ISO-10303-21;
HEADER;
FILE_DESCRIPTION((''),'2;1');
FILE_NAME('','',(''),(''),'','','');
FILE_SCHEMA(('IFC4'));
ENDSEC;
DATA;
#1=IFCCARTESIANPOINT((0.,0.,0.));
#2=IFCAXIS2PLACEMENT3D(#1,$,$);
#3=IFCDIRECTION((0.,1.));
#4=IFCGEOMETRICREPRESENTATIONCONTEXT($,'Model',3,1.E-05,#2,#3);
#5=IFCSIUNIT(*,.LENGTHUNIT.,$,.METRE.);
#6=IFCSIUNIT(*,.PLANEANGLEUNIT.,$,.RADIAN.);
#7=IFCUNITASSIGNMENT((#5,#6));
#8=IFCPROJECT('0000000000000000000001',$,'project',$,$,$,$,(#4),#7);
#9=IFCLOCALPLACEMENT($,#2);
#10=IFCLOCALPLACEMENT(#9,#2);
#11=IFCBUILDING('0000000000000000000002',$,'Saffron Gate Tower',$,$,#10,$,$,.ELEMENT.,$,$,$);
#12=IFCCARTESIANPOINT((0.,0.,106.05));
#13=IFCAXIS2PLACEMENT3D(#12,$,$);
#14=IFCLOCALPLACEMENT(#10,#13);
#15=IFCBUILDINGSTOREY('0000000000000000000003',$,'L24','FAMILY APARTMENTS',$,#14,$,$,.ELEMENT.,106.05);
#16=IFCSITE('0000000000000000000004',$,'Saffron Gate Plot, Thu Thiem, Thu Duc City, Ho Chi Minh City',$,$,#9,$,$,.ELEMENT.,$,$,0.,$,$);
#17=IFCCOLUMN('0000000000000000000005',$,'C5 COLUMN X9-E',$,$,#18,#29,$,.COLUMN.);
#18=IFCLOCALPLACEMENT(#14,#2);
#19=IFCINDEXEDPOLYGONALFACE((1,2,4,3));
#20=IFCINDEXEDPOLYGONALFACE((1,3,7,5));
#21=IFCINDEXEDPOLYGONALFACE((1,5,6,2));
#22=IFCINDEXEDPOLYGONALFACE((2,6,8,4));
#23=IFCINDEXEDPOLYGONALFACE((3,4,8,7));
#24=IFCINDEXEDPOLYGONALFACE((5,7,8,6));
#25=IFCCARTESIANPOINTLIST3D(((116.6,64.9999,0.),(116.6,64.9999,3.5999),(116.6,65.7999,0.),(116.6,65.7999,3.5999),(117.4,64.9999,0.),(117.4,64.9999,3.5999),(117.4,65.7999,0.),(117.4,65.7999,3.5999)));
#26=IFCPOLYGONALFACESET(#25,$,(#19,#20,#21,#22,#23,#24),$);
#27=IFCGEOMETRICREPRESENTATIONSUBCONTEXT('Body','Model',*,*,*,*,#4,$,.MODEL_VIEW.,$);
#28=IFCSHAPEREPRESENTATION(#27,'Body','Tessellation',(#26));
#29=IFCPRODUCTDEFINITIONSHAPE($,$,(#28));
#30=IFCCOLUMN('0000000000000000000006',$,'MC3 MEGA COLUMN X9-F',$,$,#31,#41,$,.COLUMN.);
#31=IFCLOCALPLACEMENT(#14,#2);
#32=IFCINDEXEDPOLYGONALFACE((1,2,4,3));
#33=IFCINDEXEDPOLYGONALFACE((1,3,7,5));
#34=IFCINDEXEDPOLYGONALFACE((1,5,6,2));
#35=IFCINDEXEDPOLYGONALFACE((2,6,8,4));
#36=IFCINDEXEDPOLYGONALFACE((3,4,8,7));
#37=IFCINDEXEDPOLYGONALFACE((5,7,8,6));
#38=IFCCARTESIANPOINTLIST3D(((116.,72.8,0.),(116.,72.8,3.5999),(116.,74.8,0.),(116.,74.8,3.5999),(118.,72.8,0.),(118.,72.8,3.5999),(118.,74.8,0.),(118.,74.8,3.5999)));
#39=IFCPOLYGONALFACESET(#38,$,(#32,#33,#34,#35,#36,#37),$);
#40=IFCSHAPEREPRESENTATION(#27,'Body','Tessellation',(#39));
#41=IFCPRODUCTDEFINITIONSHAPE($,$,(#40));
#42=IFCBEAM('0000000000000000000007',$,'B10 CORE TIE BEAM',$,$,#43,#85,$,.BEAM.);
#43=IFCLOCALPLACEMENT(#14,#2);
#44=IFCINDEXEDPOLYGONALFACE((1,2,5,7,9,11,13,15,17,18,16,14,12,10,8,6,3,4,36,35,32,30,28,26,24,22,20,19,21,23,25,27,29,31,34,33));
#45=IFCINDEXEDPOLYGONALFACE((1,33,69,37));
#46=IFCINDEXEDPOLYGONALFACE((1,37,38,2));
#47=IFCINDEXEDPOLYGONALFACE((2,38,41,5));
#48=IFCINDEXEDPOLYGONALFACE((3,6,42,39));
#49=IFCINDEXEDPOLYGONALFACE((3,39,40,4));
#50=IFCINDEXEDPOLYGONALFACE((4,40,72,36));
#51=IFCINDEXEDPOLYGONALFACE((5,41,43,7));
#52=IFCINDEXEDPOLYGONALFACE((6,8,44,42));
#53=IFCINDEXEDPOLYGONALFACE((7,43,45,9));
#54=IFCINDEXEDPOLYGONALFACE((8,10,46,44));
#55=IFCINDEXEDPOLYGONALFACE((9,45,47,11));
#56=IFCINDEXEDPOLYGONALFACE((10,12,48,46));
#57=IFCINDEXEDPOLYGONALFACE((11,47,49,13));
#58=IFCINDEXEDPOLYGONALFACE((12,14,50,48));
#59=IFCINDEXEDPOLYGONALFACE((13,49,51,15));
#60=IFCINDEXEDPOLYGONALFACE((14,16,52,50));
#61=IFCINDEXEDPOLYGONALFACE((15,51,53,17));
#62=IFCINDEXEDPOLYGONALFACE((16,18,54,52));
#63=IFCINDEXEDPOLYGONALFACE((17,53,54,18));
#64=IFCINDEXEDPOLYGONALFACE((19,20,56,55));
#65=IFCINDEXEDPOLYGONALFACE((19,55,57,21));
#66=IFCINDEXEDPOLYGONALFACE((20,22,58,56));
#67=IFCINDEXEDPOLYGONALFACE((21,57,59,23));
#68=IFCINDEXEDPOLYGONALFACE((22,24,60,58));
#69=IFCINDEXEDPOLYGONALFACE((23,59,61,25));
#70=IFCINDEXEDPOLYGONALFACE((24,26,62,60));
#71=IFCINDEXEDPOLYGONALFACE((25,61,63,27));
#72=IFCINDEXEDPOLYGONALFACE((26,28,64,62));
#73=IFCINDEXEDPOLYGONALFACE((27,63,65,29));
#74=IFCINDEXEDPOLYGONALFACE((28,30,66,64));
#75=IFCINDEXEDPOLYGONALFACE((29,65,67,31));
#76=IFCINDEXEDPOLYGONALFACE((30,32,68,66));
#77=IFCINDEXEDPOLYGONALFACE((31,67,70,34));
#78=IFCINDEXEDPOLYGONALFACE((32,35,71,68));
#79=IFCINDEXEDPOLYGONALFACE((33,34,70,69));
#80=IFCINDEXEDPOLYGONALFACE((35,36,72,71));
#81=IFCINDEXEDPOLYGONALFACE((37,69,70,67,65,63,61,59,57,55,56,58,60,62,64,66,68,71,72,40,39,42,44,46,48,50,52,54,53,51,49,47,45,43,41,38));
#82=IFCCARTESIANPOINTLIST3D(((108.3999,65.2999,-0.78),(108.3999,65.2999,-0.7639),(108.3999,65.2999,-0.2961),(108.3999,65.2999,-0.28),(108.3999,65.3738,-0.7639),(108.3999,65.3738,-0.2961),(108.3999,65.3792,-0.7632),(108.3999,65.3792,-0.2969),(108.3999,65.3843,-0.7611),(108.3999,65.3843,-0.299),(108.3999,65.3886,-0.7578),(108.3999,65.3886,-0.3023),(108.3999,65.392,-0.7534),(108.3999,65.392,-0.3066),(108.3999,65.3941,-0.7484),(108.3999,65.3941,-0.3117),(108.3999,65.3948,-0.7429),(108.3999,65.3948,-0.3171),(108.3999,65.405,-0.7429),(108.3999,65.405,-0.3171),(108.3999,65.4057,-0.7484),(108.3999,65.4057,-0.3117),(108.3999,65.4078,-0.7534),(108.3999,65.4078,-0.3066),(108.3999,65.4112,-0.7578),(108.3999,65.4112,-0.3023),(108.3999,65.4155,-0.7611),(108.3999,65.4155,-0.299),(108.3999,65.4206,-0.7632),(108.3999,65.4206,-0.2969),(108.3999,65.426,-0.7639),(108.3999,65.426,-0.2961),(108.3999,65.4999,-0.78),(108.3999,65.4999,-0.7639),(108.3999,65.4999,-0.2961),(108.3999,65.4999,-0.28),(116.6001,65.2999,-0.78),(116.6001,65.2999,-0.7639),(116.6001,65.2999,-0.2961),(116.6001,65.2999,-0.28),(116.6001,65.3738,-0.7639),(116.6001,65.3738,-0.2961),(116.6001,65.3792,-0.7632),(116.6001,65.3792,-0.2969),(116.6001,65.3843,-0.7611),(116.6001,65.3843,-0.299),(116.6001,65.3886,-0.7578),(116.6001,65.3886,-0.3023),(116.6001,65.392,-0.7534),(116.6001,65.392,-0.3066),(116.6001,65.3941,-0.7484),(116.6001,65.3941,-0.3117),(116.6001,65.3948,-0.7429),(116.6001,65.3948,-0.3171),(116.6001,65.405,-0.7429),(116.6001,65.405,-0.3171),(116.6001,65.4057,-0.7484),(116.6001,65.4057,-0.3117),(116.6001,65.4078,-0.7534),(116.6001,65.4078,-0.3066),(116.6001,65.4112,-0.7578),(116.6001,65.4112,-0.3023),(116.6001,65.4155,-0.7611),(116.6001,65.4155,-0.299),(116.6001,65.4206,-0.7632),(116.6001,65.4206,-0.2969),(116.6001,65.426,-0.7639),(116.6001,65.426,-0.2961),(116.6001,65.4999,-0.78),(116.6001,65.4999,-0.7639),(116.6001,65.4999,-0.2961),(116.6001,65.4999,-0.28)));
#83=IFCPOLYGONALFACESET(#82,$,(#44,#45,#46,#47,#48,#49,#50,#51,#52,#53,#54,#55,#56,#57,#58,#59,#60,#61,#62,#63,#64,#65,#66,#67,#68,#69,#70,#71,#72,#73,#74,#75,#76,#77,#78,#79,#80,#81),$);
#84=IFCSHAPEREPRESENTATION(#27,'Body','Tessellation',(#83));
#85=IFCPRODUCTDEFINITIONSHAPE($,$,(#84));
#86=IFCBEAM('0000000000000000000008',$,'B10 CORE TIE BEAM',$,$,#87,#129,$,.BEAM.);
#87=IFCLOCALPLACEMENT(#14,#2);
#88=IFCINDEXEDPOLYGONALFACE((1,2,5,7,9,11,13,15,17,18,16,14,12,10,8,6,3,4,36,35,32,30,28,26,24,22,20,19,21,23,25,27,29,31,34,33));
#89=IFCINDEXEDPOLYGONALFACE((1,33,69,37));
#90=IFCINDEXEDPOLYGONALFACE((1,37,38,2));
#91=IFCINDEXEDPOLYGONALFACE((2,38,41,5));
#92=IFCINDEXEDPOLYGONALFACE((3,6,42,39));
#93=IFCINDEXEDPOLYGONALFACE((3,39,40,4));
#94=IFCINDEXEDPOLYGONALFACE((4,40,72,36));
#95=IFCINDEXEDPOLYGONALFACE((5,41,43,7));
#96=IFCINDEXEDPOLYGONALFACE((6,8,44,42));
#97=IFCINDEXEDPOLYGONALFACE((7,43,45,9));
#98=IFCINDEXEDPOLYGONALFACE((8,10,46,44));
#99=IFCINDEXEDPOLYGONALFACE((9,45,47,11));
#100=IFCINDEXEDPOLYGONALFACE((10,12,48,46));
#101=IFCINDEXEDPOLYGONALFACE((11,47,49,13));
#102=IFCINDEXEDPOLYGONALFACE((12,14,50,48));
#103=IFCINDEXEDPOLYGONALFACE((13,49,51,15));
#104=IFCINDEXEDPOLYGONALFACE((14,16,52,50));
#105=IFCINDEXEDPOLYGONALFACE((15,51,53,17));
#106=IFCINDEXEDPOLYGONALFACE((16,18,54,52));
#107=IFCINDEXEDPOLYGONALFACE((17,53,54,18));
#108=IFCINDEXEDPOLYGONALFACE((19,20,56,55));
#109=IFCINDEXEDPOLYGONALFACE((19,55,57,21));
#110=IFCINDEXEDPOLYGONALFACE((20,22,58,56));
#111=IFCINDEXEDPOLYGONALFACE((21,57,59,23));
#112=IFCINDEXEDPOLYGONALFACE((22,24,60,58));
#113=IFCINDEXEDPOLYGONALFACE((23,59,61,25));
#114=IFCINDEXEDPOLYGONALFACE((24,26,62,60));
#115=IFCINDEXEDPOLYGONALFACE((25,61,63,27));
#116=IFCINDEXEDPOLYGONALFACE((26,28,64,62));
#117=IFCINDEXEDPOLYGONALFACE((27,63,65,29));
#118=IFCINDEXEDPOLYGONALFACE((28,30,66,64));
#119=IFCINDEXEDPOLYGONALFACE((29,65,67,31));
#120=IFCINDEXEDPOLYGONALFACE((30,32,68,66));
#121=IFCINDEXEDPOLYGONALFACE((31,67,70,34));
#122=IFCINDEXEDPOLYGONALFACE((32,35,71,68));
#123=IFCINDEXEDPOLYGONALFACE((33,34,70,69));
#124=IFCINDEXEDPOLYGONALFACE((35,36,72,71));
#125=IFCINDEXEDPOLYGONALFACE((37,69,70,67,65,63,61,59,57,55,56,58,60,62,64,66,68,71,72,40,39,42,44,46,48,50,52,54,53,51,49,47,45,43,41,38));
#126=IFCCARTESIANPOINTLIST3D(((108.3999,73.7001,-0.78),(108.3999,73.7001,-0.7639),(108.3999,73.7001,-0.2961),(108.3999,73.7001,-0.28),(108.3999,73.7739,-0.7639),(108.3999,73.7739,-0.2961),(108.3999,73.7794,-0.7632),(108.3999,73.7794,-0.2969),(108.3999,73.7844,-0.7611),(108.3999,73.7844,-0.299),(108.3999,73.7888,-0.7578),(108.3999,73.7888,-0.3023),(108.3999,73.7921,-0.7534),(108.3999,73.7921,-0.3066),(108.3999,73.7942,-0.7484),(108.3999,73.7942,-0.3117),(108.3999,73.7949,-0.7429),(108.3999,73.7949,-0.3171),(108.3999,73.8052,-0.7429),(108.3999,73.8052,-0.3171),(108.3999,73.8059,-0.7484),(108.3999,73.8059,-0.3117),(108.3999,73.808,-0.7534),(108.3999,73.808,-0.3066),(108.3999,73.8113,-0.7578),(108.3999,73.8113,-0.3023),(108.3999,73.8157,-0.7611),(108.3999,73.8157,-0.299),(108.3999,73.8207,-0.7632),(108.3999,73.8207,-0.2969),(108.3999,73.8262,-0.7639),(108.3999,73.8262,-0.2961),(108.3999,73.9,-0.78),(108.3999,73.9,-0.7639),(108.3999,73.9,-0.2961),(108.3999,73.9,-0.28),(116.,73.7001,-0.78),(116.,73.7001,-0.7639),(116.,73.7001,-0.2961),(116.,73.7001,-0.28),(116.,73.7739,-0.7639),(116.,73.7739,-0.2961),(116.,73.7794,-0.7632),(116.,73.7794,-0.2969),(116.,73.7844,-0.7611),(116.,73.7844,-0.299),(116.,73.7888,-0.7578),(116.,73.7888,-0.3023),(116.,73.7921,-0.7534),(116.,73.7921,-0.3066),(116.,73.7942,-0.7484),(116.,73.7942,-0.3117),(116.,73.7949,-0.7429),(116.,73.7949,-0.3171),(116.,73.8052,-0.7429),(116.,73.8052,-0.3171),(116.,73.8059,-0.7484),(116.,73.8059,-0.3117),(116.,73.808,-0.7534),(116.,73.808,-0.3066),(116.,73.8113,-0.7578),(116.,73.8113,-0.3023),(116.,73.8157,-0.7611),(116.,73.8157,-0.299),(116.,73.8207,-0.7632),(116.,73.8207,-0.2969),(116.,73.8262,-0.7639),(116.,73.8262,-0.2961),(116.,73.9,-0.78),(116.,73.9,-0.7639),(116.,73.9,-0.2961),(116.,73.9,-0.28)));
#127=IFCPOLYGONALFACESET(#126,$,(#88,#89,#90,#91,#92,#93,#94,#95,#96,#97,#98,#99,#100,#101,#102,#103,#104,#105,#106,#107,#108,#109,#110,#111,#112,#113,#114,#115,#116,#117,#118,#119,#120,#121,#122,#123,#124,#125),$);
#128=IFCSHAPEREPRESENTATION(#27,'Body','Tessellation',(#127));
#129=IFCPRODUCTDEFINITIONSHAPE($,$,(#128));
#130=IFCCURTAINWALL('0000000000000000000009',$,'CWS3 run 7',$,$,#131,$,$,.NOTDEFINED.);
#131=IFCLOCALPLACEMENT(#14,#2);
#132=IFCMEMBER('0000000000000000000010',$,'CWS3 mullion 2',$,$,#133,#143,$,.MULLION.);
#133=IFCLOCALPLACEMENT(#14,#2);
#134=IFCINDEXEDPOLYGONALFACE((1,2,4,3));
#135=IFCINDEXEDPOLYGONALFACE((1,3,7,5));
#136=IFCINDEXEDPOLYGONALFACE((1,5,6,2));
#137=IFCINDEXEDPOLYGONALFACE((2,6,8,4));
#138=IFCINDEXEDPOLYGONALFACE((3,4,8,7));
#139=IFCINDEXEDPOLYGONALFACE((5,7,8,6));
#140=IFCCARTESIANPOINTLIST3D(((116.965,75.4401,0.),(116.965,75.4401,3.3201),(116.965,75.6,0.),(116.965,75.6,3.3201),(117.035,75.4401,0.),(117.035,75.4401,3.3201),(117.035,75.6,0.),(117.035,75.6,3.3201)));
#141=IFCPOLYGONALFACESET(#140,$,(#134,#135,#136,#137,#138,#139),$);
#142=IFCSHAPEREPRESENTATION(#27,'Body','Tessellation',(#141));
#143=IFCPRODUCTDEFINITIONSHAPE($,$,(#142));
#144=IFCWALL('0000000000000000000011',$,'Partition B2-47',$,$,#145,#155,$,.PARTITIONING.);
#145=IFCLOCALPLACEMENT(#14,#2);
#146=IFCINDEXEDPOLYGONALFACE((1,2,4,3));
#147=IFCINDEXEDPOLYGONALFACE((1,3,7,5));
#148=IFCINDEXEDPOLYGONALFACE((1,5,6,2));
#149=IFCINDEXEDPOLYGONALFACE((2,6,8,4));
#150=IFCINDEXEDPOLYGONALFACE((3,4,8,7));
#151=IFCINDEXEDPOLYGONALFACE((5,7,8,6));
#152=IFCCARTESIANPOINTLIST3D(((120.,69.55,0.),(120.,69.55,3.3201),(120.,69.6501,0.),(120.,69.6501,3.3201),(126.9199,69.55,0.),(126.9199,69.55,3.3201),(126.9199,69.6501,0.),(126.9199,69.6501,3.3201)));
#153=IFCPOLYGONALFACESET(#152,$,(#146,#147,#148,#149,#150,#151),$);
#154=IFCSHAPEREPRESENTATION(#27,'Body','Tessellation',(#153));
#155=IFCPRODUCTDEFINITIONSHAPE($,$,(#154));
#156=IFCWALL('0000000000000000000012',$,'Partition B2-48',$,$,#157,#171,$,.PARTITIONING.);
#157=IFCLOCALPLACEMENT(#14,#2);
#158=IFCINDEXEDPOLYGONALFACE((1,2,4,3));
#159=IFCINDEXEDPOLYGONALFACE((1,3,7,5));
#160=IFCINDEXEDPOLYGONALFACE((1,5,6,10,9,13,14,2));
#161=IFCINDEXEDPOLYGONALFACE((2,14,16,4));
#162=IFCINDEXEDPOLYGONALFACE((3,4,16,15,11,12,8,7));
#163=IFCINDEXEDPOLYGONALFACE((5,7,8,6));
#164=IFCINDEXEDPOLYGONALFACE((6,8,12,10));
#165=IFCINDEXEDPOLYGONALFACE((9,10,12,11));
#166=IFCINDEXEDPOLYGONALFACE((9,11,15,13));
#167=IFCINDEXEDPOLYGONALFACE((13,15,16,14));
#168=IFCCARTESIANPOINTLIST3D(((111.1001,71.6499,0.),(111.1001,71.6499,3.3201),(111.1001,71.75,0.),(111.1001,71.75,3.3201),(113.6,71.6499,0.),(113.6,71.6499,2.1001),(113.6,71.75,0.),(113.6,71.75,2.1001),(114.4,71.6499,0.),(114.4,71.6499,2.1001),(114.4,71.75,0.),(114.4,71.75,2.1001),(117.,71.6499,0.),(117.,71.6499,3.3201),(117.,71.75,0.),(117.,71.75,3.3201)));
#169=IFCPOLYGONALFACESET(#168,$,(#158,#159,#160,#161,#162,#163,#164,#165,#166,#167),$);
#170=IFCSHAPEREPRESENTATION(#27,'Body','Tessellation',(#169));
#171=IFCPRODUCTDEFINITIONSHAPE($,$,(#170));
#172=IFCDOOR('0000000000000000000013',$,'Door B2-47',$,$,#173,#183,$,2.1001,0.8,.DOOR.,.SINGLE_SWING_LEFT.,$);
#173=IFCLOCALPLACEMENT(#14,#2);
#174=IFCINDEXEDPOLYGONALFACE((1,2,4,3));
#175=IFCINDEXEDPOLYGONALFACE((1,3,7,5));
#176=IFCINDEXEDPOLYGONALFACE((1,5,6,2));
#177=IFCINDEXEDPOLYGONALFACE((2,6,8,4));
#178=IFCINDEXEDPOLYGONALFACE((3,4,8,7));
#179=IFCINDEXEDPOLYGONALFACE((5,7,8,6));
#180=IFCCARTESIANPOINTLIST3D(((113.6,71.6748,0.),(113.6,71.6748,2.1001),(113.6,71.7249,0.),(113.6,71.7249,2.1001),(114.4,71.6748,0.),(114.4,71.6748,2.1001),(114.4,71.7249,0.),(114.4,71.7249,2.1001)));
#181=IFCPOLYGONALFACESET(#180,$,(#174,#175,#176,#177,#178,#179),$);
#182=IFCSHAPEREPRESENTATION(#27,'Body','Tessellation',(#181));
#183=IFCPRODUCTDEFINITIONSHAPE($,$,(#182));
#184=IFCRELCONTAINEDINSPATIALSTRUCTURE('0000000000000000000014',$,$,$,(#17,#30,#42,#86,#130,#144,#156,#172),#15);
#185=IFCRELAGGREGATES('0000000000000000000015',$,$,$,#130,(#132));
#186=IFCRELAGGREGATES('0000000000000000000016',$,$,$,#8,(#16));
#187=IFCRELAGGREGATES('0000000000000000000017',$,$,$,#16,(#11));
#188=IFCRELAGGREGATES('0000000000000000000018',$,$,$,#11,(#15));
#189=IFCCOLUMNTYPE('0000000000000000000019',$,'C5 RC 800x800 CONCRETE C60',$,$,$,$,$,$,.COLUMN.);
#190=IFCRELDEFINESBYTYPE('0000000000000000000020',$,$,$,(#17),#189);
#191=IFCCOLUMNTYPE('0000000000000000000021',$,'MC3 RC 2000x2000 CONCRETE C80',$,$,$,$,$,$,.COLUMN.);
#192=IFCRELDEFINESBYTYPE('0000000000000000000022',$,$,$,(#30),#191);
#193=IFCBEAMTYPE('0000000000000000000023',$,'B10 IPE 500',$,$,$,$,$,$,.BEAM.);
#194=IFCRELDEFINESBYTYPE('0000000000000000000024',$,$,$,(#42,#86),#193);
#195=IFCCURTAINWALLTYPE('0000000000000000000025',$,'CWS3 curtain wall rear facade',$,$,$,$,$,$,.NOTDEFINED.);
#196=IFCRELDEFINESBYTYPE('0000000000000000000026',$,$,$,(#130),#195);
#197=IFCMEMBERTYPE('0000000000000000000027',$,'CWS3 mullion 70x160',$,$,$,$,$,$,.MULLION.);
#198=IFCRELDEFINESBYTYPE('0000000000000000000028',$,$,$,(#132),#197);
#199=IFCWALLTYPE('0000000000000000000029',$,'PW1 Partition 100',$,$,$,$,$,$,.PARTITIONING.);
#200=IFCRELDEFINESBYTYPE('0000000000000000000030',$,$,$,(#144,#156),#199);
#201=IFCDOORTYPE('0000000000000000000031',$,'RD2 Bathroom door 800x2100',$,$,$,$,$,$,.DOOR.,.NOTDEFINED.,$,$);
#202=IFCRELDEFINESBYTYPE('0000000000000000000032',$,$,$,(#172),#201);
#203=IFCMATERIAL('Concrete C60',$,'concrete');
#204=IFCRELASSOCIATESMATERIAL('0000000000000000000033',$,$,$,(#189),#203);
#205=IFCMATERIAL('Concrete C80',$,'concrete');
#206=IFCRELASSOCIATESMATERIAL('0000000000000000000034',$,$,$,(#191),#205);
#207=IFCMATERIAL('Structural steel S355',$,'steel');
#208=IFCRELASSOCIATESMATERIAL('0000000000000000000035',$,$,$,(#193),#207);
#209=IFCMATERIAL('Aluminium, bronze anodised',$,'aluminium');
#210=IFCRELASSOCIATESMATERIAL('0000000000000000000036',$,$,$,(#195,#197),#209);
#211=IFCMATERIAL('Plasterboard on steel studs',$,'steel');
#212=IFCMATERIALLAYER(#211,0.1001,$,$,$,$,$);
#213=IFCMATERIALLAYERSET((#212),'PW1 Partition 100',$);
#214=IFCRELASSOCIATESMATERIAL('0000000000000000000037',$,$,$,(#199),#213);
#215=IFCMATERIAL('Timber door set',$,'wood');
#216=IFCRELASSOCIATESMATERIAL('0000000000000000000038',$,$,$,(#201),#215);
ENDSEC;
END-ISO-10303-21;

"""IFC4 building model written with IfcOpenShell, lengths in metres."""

from ifc_helpers import new_model, si_unit, direction, frame, frame_2d, origin, origin_2d, place, context, subcontext, project, spatial, rectangle, i_section, extrude, material, layer, layer_set, material_profile, profile_set, type_object, element, fill, aggregate, save


model = new_model("IFC4")

# Units and contexts
model_context = context("Model", 3, precision=1e-05, world=origin(), true_north=direction((0.0, 1.0)))
body_context = subcontext(model_context, "Body", "Model", "MODEL_VIEW")
ifc_project = project(units=[si_unit("LENGTHUNIT", "METRE"), si_unit("PLANEANGLEUNIT", "RADIAN")], contexts=[model_context])

# Site, building, storey
site_placement = place(None, origin())
site = spatial("IfcSite", under=ifc_project, at=site_placement, Name="Saffron Gate Plot, Thu Thiem, Thu Duc City, Ho Chi Minh City", CompositionType="ELEMENT", RefElevation=0.0)
building_placement = place(site_placement, origin())
building = spatial("IfcBuilding", under=site, at=building_placement, Name="Saffron Gate Tower", CompositionType="ELEMENT")
storey_placement = place(building_placement, frame((0.0, 0.0, 106.05)))
storey = spatial("IfcBuildingStorey", under=building, at=storey_placement, Name="L24", Description="FAMILY APARTMENTS", CompositionType="ELEMENT", Elevation=106.05)

# Columns
ifc_material_1 = material(Name="Concrete C60", Category="concrete")
ifc_material_profile_1 = material_profile(ifc_material_1, rectangle(XDim=0.8, YDim=0.8, at=origin_2d()))
ifc_profile_set_1 = profile_set([ifc_material_profile_1], Name="Concrete C60")
column_type_1 = type_object("IfcColumnType", Name="C5 RC 800x800 CONCRETE C60", PredefinedType="COLUMN", material=ifc_profile_set_1)
column_1_placement = place(storey_placement, frame((117.0, 65.3999, 0.0), z_axis=(0.0, 0.0, 1.0), x_axis=(1.0, 0.0, 0.0)))
element("IfcColumn", 1, at=column_1_placement, inside=storey, type_object=column_type_1, Name="C5 COLUMN X9-E", PredefinedType="COLUMN", context=body_context, shape_type="SweptSolid", body=[
    extrude(rectangle(XDim=0.8, YDim=0.8, at=origin_2d()), origin(), (0.0, 0.0, 1.0), 3.5999),
])
ifc_material_2 = material(Name="Concrete C80", Category="concrete")
ifc_material_profile_2 = material_profile(ifc_material_2, rectangle(XDim=2.0, YDim=2.0, at=origin_2d()))
ifc_profile_set_2 = profile_set([ifc_material_profile_2], Name="Concrete C80")
column_type_2 = type_object("IfcColumnType", Name="MC3 RC 2000x2000 CONCRETE C80", PredefinedType="COLUMN", material=ifc_profile_set_2)
column_2_placement = place(storey_placement, frame((117.0, 73.8, 0.0), z_axis=(0.0, 0.0, 1.0), x_axis=(1.0, 0.0, 0.0)))
element("IfcColumn", 2, at=column_2_placement, inside=storey, type_object=column_type_2, Name="MC3 MEGA COLUMN X9-F", PredefinedType="COLUMN", context=body_context, shape_type="SweptSolid", body=[
    extrude(rectangle(XDim=2.0, YDim=2.0, at=origin_2d()), origin(), (0.0, 0.0, 1.0), 3.5999),
])

# Beams
ifc_material_3 = material(Name="Structural steel S355", Category="steel")
ifc_material_profile_3 = material_profile(ifc_material_3, i_section(OverallWidth=0.2, OverallDepth=0.5, WebThickness=0.0103, FlangeThickness=0.0161, FilletRadius=0.021, at=origin_2d()))
ifc_profile_set_3 = profile_set([ifc_material_profile_3], Name="Structural steel S355")
beam_type = type_object("IfcBeamType", Name="B10 IPE 500", PredefinedType="BEAM", material=ifc_profile_set_3)
beam_1_placement = place(storey_placement, frame((116.6001, 65.3999, -0.53), z_axis=(-1.0, 0.0, 0.0), x_axis=(0.0, -1.0, 0.0)))
element("IfcBeam", 3, at=beam_1_placement, inside=storey, type_object=beam_type, Name="B10 CORE TIE BEAM", PredefinedType="BEAM", context=body_context, shape_type="SweptSolid", body=[
    extrude(i_section(OverallWidth=0.2, OverallDepth=0.5, WebThickness=0.0103, FlangeThickness=0.0161, FilletRadius=0.021, at=origin_2d()), origin(), (0.0, 0.0, 1.0), 8.2002),
])
beam_2_placement = place(storey_placement, frame((116.0, 73.8, -0.53), z_axis=(-1.0, 0.0, 0.0), x_axis=(0.0, -1.0, 0.0)))
element("IfcBeam", 4, at=beam_2_placement, inside=storey, type_object=beam_type, Name="B10 CORE TIE BEAM", PredefinedType="BEAM", context=body_context, shape_type="SweptSolid", body=[
    extrude(i_section(OverallWidth=0.2, OverallDepth=0.5, WebThickness=0.0103, FlangeThickness=0.0161, FilletRadius=0.021, at=origin_2d()), origin(), (0.0, 0.0, 1.0), 7.6001),
])

# Curtain wall, member
ifc_material_4 = material(Name="Aluminium, bronze anodised", Category="aluminium")
curtain_wall_type = type_object("IfcCurtainWallType", Name="CWS3 curtain wall rear facade", PredefinedType="NOTDEFINED", material=ifc_material_4)
curtain_wall_placement = place(storey_placement, origin())
curtain_wall = element("IfcCurtainWall", 5, at=curtain_wall_placement, inside=storey, type_object=curtain_wall_type, Name="CWS3 run 7", PredefinedType="NOTDEFINED")
ifc_material_profile_4 = material_profile(ifc_material_4, rectangle(XDim=0.1599, YDim=0.0701, at=origin_2d()))
ifc_profile_set_4 = profile_set([ifc_material_profile_4], Name="Aluminium, bronze anodised")
member_type = type_object("IfcMemberType", Name="CWS3 mullion 70x160", PredefinedType="MULLION", material=ifc_profile_set_4)
member_placement = place(storey_placement, frame((117.0, 75.52, 0.0), z_axis=(0.0, 0.0, 1.0), x_axis=(0.0, -1.0, 0.0)))
member = element("IfcMember", 6, at=member_placement, type_object=member_type, Name="CWS3 mullion 2", PredefinedType="MULLION", context=body_context, shape_type="SweptSolid", body=[
    extrude(rectangle(XDim=0.1599, YDim=0.0701, at=origin_2d()), origin(), (0.0, 0.0, 1.0), 3.3201),
])
aggregate(curtain_wall, [member])

# Wall
ifc_material_5 = material(Name="Plasterboard on steel studs", Category="steel")
ifc_layer_1 = layer(ifc_material_5, 0.1001)
ifc_layer_set_1 = layer_set([ifc_layer_1], Name="PW1 Partition 100")
wall_type_1 = type_object("IfcWallType", Name="PW1 Partition 100", PredefinedType="PARTITIONING", material=ifc_layer_set_1)
wall_1_placement = place(storey_placement, frame((120.0, 69.6001, 0.0), z_axis=(0.0, 0.0, 1.0), x_axis=(1.0, 0.0, 0.0)))
element("IfcWall", 7, at=wall_1_placement, inside=storey, type_object=wall_type_1, Name="Partition B2-47", PredefinedType="PARTITIONING", context=body_context, shape_type="SweptSolid", body=[
    extrude(rectangle(XDim=6.9199, YDim=0.1001, at=frame_2d((3.46, 0.0))), origin(), (0.0, 0.0, 1.0), 3.3201),
])

# Wall, opening, door
wall_2_placement = place(storey_placement, frame((111.1001, 71.7, 0.0), z_axis=(0.0, 0.0, 1.0), x_axis=(1.0, 0.0, 0.0)))
wall_2 = element("IfcWall", 8, at=wall_2_placement, inside=storey, type_object=wall_type_1, Name="Partition B2-48", PredefinedType="PARTITIONING", context=body_context, shape_type="SweptSolid", body=[
    extrude(rectangle(XDim=5.8999, YDim=0.1001, at=frame_2d((2.95, 0.0))), origin(), (0.0, 0.0, 1.0), 3.3201),
])
opening_1_placement = place(wall_2_placement, frame((2.5, 0.0, 0.0)))
opening_1 = element("IfcOpeningElement", 9, at=opening_1_placement, cuts=wall_2, PredefinedType="OPENING", context=body_context, shape_type="SweptSolid", body=[
    extrude(rectangle(XDim=0.8, YDim=2.1001, at=frame_2d((0.3999, 1.05))), frame((0.0, 0.0601, 0.0), z_axis=(0.0, -1.0, 0.0), x_axis=(1.0, 0.0, 0.0)), (0.0, 0.0, 1.0), 0.1201),
])
ifc_material_6 = material(Name="Timber door set", Category="wood")
door_type_1 = type_object("IfcDoorType", Name="RD2 Bathroom door 800x2100", OperationType="NOTDEFINED", PredefinedType="DOOR", material=ifc_material_6)
door_1_placement = place(opening_1_placement, origin())
door_1 = element("IfcDoor", 10, at=door_1_placement, inside=storey, type_object=door_type_1, Name="Door B2-47", OperationType="SINGLE_SWING_LEFT", OverallHeight=2.1001, OverallWidth=0.8, PredefinedType="DOOR", context=body_context, shape_type="SweptSolid", body=[
    extrude(rectangle(XDim=0.8, YDim=2.1001, at=frame_2d((0.3999, 1.05))), frame((0.0, 0.0249, 0.0), z_axis=(0.0, -1.0, 0.0), x_axis=(1.0, 0.0, 0.0)), (0.0, 0.0, 1.0), 0.05),
])
fill(opening_1, door_1)

save(model, "model.ifc")
